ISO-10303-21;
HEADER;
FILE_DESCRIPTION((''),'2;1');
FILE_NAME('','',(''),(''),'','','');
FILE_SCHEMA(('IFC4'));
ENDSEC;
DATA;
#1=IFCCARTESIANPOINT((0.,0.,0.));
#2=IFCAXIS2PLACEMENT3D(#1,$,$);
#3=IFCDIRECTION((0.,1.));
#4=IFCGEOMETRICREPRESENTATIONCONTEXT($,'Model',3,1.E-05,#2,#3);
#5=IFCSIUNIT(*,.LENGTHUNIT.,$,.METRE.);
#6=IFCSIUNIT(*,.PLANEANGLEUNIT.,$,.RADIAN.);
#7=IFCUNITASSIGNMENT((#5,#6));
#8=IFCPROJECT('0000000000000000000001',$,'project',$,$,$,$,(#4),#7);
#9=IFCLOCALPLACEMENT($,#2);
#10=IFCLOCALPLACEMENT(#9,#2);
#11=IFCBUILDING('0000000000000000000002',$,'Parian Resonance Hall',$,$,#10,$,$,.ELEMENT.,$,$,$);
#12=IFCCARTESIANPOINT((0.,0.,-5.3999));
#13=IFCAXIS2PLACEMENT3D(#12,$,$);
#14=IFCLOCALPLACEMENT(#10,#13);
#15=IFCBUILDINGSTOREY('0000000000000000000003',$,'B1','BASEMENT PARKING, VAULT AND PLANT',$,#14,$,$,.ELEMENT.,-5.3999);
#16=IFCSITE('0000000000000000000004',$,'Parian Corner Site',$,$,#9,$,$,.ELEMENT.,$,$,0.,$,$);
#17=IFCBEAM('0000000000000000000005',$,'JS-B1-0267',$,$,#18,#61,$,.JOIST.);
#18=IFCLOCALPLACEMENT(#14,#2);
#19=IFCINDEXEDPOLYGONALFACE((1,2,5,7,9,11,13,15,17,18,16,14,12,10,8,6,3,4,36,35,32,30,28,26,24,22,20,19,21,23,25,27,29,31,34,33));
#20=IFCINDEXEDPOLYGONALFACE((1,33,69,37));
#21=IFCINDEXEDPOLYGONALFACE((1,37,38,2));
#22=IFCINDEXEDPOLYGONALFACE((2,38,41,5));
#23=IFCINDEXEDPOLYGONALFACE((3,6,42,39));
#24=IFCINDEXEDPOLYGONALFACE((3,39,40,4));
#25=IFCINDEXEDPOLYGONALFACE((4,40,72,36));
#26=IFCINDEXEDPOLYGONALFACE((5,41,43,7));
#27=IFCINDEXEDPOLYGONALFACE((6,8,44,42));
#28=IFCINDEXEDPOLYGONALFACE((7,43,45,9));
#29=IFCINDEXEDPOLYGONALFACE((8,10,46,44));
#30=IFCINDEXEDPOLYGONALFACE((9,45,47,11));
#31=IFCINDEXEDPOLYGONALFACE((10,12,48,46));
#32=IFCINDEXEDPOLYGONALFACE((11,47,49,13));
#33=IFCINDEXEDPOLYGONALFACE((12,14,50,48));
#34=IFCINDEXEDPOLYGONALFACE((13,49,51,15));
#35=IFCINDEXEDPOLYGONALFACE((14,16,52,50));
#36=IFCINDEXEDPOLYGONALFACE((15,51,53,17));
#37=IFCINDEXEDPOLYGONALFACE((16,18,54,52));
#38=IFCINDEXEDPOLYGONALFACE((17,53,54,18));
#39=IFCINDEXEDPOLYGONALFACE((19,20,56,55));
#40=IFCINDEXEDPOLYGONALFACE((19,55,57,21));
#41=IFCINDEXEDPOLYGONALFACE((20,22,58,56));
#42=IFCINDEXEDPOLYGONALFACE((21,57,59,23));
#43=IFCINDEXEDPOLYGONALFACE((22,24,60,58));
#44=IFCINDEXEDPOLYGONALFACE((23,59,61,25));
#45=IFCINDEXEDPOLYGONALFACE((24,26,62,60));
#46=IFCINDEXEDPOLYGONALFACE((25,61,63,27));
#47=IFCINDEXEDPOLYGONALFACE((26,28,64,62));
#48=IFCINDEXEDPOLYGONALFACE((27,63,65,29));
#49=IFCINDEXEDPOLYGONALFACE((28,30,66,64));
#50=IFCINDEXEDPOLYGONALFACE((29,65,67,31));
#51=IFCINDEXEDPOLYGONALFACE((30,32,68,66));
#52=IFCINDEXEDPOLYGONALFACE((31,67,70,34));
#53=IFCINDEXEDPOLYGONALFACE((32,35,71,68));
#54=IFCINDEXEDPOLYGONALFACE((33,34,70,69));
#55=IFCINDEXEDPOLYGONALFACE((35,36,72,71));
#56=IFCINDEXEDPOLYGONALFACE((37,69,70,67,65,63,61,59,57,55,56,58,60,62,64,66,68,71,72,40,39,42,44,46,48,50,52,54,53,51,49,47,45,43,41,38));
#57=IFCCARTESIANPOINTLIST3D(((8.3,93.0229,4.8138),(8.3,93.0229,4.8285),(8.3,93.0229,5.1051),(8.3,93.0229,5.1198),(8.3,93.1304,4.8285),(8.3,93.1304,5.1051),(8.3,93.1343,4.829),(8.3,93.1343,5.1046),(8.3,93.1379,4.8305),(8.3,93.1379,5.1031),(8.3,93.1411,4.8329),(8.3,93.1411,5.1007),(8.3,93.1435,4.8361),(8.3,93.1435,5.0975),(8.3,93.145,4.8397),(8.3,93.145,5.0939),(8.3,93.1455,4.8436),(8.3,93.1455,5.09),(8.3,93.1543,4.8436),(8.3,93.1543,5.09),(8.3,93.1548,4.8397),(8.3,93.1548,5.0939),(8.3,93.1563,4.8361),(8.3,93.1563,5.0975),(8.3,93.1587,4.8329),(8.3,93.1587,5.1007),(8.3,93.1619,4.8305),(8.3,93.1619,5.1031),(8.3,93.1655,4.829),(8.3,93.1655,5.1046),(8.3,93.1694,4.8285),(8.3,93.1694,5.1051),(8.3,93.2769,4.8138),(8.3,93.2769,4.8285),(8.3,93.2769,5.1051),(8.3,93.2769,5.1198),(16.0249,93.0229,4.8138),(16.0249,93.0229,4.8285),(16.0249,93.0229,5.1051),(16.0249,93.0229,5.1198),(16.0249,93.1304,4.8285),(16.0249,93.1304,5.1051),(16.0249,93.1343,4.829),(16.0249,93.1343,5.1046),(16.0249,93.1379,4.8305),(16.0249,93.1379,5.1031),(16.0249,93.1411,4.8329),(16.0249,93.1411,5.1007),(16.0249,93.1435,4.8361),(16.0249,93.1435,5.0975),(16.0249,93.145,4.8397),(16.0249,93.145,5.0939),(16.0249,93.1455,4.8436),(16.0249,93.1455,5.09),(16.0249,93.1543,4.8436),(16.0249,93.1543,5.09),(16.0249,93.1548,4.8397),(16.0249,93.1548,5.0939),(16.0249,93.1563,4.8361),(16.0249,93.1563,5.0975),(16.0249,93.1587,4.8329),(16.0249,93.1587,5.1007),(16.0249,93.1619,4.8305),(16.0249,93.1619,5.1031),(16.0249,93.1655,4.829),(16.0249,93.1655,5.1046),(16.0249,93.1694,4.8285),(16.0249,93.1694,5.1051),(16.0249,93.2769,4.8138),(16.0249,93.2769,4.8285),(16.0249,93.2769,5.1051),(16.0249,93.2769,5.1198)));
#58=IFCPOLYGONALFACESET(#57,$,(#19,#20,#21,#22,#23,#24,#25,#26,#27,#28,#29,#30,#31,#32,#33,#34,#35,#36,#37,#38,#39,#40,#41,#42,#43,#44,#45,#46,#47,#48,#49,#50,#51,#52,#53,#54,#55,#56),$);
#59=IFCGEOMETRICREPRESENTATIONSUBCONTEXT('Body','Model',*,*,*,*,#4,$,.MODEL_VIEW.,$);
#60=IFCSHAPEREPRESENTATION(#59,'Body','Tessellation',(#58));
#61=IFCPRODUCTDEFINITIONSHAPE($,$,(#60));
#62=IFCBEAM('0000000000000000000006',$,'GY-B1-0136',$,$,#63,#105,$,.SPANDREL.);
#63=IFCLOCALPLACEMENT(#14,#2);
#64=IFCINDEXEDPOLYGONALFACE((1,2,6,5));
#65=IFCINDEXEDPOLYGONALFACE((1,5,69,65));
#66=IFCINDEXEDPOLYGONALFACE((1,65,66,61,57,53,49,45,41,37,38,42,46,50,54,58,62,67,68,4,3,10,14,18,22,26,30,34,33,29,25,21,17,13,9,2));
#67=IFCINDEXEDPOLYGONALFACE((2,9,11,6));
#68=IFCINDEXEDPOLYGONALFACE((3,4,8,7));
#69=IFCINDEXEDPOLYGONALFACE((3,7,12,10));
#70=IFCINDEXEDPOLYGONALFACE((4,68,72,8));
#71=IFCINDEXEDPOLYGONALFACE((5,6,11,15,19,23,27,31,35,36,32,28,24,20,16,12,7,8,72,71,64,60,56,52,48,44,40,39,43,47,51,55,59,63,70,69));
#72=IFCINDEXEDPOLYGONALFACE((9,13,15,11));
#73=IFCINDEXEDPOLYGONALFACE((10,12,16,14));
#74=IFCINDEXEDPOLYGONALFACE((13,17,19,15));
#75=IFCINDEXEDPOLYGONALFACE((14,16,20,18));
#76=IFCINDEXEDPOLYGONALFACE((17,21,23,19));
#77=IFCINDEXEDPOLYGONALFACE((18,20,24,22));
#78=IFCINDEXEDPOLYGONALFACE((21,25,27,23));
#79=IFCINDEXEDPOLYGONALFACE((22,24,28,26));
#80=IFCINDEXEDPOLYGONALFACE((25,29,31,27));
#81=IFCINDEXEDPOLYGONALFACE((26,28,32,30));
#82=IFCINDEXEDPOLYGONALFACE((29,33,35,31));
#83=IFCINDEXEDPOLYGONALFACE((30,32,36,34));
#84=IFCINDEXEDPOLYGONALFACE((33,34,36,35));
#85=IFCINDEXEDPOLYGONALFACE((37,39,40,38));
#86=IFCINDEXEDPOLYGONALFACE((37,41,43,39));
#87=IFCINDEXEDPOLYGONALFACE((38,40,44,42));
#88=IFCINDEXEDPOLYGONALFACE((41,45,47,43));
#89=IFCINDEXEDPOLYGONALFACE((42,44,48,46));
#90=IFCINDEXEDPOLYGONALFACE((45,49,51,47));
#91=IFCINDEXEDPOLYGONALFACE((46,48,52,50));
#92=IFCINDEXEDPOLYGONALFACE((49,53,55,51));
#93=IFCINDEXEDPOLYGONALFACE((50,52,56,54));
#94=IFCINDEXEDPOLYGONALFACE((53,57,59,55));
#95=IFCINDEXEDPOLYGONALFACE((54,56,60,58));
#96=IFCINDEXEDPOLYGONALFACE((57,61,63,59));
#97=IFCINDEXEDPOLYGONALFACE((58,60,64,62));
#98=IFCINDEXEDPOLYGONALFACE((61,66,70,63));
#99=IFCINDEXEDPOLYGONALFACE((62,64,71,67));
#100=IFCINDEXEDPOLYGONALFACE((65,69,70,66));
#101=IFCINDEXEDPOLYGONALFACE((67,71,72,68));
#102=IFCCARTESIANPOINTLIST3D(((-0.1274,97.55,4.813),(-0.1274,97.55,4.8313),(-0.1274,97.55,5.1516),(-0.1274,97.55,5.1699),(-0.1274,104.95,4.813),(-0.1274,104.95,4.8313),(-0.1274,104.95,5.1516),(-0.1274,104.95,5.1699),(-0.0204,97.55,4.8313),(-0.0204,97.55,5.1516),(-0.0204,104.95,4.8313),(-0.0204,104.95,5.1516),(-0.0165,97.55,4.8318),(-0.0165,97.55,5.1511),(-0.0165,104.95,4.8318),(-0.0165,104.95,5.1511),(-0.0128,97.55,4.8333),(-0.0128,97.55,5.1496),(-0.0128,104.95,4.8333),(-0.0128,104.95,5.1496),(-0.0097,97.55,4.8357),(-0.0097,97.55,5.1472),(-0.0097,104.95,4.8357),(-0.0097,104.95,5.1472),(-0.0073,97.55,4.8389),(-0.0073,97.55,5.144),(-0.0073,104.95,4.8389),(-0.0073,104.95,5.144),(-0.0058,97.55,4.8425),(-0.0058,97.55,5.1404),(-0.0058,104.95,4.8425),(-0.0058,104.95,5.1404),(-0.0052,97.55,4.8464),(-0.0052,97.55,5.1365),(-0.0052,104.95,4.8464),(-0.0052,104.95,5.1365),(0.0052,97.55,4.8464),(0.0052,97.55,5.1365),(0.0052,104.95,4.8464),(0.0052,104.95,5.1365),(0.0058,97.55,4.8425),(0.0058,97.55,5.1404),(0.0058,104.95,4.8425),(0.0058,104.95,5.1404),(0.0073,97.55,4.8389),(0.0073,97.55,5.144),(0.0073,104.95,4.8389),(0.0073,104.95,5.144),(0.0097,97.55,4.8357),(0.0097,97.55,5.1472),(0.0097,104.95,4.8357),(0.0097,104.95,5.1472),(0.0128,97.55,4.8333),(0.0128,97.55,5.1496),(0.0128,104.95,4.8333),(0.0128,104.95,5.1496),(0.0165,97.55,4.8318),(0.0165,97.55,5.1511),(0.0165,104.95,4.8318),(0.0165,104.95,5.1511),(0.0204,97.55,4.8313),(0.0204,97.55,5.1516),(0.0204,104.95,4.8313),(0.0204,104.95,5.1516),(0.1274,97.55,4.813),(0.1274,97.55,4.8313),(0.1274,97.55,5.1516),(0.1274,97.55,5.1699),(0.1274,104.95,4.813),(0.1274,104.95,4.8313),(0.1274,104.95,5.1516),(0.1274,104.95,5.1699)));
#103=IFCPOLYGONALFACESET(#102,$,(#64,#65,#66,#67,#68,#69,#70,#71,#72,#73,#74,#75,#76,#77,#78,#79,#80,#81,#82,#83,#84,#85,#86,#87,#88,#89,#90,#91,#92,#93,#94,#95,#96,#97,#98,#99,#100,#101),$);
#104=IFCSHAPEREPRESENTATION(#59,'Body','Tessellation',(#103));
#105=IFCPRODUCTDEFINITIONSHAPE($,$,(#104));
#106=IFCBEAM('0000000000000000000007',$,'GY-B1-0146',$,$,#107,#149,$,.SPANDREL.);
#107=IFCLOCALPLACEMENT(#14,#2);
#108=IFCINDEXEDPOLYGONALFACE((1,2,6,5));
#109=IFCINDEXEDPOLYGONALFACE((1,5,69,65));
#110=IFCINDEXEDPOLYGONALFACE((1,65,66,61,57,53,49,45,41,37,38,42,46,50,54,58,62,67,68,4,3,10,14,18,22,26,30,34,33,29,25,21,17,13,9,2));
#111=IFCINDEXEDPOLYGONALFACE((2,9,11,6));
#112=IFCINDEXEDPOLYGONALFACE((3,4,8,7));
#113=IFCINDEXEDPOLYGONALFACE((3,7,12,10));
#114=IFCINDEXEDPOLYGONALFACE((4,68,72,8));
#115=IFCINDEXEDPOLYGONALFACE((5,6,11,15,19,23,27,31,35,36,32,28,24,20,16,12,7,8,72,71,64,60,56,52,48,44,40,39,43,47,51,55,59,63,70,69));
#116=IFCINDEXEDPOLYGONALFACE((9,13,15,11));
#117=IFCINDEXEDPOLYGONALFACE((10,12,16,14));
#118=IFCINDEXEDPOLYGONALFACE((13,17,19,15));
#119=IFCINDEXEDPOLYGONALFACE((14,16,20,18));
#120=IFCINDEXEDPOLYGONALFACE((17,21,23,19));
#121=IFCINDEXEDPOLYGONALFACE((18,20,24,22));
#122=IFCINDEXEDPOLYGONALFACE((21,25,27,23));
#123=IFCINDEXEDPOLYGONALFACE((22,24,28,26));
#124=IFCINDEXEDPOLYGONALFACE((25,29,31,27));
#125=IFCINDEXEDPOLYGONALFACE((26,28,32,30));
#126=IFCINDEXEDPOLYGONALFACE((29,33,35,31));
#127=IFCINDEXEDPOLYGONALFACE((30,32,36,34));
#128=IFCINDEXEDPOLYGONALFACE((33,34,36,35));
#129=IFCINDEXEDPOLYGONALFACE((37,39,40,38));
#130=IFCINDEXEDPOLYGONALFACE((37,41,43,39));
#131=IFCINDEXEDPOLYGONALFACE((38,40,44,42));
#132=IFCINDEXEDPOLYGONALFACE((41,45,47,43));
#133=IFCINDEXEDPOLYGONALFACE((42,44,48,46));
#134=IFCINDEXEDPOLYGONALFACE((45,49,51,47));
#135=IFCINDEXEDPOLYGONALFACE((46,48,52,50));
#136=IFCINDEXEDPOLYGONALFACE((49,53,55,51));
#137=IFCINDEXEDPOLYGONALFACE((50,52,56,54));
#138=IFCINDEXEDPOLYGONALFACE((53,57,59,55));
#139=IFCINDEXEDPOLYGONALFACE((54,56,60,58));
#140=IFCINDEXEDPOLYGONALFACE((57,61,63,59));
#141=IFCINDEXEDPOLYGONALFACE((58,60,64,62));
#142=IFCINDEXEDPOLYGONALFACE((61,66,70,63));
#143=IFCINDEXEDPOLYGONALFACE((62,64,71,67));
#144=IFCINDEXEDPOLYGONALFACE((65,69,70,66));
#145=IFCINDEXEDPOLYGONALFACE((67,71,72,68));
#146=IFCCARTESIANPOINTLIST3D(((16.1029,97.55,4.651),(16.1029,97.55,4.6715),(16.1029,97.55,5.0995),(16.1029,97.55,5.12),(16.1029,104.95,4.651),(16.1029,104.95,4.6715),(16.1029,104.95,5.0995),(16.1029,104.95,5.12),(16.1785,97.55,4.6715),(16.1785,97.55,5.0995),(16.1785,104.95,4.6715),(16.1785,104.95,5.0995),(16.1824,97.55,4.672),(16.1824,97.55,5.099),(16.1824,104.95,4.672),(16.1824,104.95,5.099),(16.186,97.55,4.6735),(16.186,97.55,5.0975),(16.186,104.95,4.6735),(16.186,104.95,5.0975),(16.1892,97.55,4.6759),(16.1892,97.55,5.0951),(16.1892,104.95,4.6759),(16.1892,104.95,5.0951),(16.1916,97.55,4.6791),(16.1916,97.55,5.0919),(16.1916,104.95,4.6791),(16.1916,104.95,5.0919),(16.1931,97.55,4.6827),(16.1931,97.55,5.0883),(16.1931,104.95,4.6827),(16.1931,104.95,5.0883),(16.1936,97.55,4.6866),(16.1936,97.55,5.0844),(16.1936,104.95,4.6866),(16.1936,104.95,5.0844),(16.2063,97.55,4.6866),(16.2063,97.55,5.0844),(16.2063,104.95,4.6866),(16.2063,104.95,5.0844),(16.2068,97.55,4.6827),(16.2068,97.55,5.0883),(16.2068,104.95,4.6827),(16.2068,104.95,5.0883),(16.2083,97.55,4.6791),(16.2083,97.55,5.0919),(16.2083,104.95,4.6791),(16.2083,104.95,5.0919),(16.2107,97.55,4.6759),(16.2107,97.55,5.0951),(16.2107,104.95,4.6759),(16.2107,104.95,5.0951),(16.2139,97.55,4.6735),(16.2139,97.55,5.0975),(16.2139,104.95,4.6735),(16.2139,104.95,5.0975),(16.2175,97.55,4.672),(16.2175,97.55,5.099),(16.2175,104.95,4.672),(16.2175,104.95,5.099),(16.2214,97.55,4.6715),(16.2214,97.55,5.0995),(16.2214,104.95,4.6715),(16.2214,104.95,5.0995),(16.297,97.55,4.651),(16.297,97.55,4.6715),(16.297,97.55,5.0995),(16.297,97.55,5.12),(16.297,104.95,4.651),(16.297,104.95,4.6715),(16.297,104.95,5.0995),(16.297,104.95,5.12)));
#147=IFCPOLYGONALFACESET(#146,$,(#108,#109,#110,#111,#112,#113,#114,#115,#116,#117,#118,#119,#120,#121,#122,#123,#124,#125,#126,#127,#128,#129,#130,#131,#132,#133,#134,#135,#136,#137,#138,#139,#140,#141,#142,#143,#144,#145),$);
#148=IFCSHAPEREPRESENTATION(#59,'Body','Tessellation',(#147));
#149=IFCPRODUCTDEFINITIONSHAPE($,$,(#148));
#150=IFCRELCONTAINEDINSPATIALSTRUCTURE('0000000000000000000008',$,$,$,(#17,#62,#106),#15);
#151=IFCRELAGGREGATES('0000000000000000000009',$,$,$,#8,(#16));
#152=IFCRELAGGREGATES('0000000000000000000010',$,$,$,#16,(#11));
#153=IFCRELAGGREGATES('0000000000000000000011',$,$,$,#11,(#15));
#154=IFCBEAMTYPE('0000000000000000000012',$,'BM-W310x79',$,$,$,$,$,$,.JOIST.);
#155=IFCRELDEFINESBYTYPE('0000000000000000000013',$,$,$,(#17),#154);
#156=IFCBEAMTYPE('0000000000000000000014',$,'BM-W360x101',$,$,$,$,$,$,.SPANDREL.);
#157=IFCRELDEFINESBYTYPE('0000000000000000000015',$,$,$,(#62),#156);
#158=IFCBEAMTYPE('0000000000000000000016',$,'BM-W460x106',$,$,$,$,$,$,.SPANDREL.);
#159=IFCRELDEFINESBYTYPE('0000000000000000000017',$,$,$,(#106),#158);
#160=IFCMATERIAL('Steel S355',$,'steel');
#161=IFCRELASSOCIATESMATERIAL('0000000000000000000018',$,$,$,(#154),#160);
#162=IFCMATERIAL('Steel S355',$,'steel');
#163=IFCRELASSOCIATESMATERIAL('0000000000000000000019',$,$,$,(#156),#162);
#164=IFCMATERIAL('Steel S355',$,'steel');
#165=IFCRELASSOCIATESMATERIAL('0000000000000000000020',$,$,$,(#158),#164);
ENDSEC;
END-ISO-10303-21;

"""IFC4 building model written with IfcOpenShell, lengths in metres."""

from ifc_helpers import new_model, si_unit, direction, frame, origin, origin_2d, place, context, subcontext, project, spatial, i_section, extrude, material, material_profile, profile_set, type_object, element, save


model = new_model("IFC4")

# Units and contexts
model_context = context("Model", 3, precision=1e-05, world=origin(), true_north=direction((0.0, 1.0)))
body_context = subcontext(model_context, "Body", "Model", "MODEL_VIEW")
ifc_project = project(units=[si_unit("LENGTHUNIT", "METRE"), si_unit("PLANEANGLEUNIT", "RADIAN")], contexts=[model_context])

# Site, building, storey
site_placement = place(None, origin())
site = spatial("IfcSite", under=ifc_project, at=site_placement, Name="Parian Corner Site", CompositionType="ELEMENT", RefElevation=0.0)
building_placement = place(site_placement, origin())
building = spatial("IfcBuilding", under=site, at=building_placement, Name="Parian Resonance Hall", CompositionType="ELEMENT")
storey_placement = place(building_placement, frame((0.0, 0.0, -5.3999)))
storey = spatial("IfcBuildingStorey", under=building, at=storey_placement, Name="B1", Description="BASEMENT PARKING, VAULT AND PLANT", CompositionType="ELEMENT", Elevation=-5.3999)

# Beams
ifc_material_1 = material(Name="Steel S355", Category="steel")
ifc_material_profile_1 = material_profile(ifc_material_1, i_section(OverallWidth=0.2539, OverallDepth=0.3059, WebThickness=0.0088, FlangeThickness=0.0146, FilletRadius=0.0151, at=origin_2d()), Name="W310x79")
ifc_profile_set_1 = profile_set([ifc_material_profile_1], Name="Steel S355")
beam_type_1 = type_object("IfcBeamType", Name="BM-W310x79", PredefinedType="JOIST", material=ifc_profile_set_1)
beam_1_placement = place(storey_placement, frame((8.3, 93.1499, 4.9668), z_axis=(1.0, 0.0, 0.0), x_axis=(0.0, 1.0, 0.0)))
element("IfcBeam", 1, at=beam_1_placement, inside=storey, type_object=beam_type_1, Name="JS-B1-0267", PredefinedType="JOIST", context=body_context, shape_type="SweptSolid", body=[
    extrude(i_section(OverallWidth=0.2539, OverallDepth=0.3059, WebThickness=0.0088, FlangeThickness=0.0146, FilletRadius=0.0151, at=origin_2d()), origin(), (0.0, 0.0, 1.0), 7.7249),
])
ifc_material_2 = material(Name="Steel S355", Category="steel")
ifc_material_profile_2 = material_profile(ifc_material_2, i_section(OverallWidth=0.2549, OverallDepth=0.3569, WebThickness=0.0105, FlangeThickness=0.0183, FilletRadius=0.0151, at=origin_2d()), Name="W360x101")
ifc_profile_set_2 = profile_set([ifc_material_profile_2], Name="Steel S355")
beam_type_2 = type_object("IfcBeamType", Name="BM-W360x101", PredefinedType="SPANDREL", material=ifc_profile_set_2)
beam_2_placement = place(storey_placement, frame((0.0, 97.55, 4.9915), z_axis=(0.0, 1.0, 0.0), x_axis=(-1.0, 0.0, 0.0)))
element("IfcBeam", 2, at=beam_2_placement, inside=storey, type_object=beam_type_2, Name="GY-B1-0136", PredefinedType="SPANDREL", context=body_context, shape_type="SweptSolid", body=[
    extrude(i_section(OverallWidth=0.2549, OverallDepth=0.3569, WebThickness=0.0105, FlangeThickness=0.0183, FilletRadius=0.0151, at=origin_2d()), origin(), (0.0, 0.0, 1.0), 7.3999),
])
ifc_material_3 = material(Name="Steel S355", Category="steel")
ifc_material_profile_3 = material_profile(ifc_material_3, i_section(OverallWidth=0.1941, OverallDepth=0.469, WebThickness=0.0127, FlangeThickness=0.0205, FilletRadius=0.0151, at=origin_2d()), Name="W460x106")
ifc_profile_set_3 = profile_set([ifc_material_profile_3], Name="Steel S355")
beam_type_3 = type_object("IfcBeamType", Name="BM-W460x106", PredefinedType="SPANDREL", material=ifc_profile_set_3)
beam_3_placement = place(storey_placement, frame((16.2, 97.55, 4.8855), z_axis=(0.0, 1.0, 0.0), x_axis=(-1.0, 0.0, 0.0)))
element("IfcBeam", 3, at=beam_3_placement, inside=storey, type_object=beam_type_3, Name="GY-B1-0146", PredefinedType="SPANDREL", context=body_context, shape_type="SweptSolid", body=[
    extrude(i_section(OverallWidth=0.1941, OverallDepth=0.469, WebThickness=0.0127, FlangeThickness=0.0205, FilletRadius=0.0151, at=origin_2d()), origin(), (0.0, 0.0, 1.0), 7.3999),
])

save(model, "model.ifc")
